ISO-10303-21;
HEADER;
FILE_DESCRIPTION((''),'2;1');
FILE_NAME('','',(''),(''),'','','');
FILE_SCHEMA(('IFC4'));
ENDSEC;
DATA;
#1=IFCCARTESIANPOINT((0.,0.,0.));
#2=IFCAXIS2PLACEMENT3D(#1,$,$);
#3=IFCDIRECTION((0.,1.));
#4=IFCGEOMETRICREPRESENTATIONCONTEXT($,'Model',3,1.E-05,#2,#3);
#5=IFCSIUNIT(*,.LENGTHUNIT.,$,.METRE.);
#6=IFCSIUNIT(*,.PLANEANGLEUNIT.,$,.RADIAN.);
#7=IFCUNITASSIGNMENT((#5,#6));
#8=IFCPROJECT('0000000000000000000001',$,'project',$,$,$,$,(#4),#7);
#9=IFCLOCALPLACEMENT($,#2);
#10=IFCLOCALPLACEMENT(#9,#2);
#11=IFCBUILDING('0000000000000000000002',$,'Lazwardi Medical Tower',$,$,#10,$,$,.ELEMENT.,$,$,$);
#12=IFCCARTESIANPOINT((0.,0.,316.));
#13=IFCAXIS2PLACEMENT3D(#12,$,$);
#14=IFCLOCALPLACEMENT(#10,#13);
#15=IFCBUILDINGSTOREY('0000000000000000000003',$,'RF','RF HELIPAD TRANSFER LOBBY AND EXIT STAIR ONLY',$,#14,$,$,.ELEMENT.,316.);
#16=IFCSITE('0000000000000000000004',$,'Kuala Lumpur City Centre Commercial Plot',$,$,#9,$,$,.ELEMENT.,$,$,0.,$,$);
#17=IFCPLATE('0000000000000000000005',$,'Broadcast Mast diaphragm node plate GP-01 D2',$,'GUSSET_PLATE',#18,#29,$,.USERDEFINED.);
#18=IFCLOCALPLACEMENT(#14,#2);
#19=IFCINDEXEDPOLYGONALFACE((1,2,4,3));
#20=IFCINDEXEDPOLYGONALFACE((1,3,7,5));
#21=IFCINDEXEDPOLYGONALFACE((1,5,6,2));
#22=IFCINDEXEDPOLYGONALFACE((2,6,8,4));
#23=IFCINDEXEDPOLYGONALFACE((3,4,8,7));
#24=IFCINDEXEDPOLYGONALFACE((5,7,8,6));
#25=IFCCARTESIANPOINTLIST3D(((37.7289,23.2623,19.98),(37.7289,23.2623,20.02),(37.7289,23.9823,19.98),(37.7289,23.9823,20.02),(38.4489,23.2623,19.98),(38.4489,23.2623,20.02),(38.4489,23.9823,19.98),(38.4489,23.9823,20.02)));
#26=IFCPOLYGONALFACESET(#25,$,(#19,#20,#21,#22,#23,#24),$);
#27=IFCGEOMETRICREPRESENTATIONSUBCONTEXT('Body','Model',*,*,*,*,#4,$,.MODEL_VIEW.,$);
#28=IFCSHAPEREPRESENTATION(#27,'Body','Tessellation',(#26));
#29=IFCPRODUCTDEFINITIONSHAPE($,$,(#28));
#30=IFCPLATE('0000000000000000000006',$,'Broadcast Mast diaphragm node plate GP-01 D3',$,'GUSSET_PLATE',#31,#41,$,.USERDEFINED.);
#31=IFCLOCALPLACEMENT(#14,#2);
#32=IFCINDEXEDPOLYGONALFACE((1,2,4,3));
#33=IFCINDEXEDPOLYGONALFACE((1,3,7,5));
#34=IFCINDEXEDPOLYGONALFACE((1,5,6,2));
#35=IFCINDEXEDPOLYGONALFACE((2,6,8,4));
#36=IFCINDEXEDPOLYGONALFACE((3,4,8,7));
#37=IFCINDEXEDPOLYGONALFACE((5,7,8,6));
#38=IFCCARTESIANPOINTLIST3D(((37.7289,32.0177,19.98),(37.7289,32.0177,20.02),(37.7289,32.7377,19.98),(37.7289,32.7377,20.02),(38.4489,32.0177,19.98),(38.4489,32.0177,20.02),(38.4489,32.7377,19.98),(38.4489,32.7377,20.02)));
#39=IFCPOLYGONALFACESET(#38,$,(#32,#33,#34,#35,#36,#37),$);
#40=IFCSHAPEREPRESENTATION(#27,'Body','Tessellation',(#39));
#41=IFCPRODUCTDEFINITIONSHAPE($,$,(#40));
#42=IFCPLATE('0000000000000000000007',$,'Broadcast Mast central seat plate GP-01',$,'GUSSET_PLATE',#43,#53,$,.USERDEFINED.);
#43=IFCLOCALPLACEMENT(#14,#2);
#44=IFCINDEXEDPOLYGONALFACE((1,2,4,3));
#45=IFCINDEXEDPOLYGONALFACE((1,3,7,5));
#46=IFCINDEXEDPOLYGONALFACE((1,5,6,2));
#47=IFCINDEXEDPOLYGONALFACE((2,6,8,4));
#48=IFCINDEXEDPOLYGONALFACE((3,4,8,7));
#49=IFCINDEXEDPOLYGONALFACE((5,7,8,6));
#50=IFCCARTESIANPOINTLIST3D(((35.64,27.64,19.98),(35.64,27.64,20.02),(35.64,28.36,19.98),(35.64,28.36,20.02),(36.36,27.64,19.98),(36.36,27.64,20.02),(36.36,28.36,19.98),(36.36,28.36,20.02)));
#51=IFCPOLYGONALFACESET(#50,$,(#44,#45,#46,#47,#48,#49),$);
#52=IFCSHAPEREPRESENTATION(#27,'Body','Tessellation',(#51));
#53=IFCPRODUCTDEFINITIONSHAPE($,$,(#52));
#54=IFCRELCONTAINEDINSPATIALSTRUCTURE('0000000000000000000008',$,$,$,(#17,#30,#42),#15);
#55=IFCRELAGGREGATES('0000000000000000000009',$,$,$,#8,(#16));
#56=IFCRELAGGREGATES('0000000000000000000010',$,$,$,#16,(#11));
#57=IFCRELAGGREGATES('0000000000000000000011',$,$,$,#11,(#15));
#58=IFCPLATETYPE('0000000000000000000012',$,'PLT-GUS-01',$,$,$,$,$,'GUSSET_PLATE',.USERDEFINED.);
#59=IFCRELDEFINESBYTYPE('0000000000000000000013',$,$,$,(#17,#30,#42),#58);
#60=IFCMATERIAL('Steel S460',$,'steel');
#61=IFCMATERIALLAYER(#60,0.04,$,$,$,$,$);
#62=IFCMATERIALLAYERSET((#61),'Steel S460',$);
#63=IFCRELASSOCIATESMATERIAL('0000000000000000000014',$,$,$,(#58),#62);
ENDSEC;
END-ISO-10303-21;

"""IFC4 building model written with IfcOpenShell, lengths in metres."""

from ifc_helpers import new_model, si_unit, direction, frame, origin, origin_2d, place, context, subcontext, project, spatial, rectangle, extrude, material, layer, layer_set, type_object, element, save


model = new_model("IFC4")

# Units and contexts
model_context = context("Model", 3, precision=1e-05, world=origin(), true_north=direction((0.0, 1.0)))
body_context = subcontext(model_context, "Body", "Model", "MODEL_VIEW")
ifc_project = project(units=[si_unit("LENGTHUNIT", "METRE"), si_unit("PLANEANGLEUNIT", "RADIAN")], contexts=[model_context])

# Site, building, storey
site_placement = place(None, origin())
site = spatial("IfcSite", under=ifc_project, at=site_placement, Name="Kuala Lumpur City Centre Commercial Plot", CompositionType="ELEMENT", RefElevation=0.0)
building_placement = place(site_placement, origin())
building = spatial("IfcBuilding", under=site, at=building_placement, Name="Lazwardi Medical Tower", CompositionType="ELEMENT")
storey_placement = place(building_placement, frame((0.0, 0.0, 316.0)))
storey = spatial("IfcBuildingStorey", under=building, at=storey_placement, Name="RF", Description="RF HELIPAD TRANSFER LOBBY AND EXIT STAIR ONLY", CompositionType="ELEMENT", Elevation=316.0)

# Shared definitions
ifc_material = material(Name="Steel S460", Category="steel")

# Plates
ifc_layer = layer(ifc_material, 0.04)
ifc_layer_set = layer_set([ifc_layer], Name="Steel S460")
plate_type = type_object("IfcPlateType", Name="PLT-GUS-01", ElementType="GUSSET_PLATE", PredefinedType="USERDEFINED", material=ifc_layer_set)
for number, where, z_axis, x_axis, name in (
    (1, (38.0889, 23.6223, 19.98), (0.0, 0.0, 1.0), (1.0, 0.0, 0.0), "Broadcast Mast diaphragm node plate GP-01 D2"),
    (2, (38.0889, 32.3777, 19.98), (0.0, 0.0, 1.0), (1.0, 0.0, 0.0), "Broadcast Mast diaphragm node plate GP-01 D3"),
    (3, (36.0, 28.0, 19.98), (0.0, 0.0, 1.0), (1.0, 0.0, 0.0), "Broadcast Mast central seat plate GP-01"),
):
    element("IfcPlate", number, at=place(storey_placement, frame(where, z_axis=z_axis, x_axis=x_axis)), inside=storey, type_object=plate_type, Name=name, ObjectType="GUSSET_PLATE", PredefinedType="USERDEFINED", context=body_context, shape_type="SweptSolid", body=[
        extrude(rectangle(XDim=0.72, YDim=0.72, at=origin_2d()), origin(), (0.0, 0.0, 1.0), 0.04),
    ])

save(model, "model.ifc")
